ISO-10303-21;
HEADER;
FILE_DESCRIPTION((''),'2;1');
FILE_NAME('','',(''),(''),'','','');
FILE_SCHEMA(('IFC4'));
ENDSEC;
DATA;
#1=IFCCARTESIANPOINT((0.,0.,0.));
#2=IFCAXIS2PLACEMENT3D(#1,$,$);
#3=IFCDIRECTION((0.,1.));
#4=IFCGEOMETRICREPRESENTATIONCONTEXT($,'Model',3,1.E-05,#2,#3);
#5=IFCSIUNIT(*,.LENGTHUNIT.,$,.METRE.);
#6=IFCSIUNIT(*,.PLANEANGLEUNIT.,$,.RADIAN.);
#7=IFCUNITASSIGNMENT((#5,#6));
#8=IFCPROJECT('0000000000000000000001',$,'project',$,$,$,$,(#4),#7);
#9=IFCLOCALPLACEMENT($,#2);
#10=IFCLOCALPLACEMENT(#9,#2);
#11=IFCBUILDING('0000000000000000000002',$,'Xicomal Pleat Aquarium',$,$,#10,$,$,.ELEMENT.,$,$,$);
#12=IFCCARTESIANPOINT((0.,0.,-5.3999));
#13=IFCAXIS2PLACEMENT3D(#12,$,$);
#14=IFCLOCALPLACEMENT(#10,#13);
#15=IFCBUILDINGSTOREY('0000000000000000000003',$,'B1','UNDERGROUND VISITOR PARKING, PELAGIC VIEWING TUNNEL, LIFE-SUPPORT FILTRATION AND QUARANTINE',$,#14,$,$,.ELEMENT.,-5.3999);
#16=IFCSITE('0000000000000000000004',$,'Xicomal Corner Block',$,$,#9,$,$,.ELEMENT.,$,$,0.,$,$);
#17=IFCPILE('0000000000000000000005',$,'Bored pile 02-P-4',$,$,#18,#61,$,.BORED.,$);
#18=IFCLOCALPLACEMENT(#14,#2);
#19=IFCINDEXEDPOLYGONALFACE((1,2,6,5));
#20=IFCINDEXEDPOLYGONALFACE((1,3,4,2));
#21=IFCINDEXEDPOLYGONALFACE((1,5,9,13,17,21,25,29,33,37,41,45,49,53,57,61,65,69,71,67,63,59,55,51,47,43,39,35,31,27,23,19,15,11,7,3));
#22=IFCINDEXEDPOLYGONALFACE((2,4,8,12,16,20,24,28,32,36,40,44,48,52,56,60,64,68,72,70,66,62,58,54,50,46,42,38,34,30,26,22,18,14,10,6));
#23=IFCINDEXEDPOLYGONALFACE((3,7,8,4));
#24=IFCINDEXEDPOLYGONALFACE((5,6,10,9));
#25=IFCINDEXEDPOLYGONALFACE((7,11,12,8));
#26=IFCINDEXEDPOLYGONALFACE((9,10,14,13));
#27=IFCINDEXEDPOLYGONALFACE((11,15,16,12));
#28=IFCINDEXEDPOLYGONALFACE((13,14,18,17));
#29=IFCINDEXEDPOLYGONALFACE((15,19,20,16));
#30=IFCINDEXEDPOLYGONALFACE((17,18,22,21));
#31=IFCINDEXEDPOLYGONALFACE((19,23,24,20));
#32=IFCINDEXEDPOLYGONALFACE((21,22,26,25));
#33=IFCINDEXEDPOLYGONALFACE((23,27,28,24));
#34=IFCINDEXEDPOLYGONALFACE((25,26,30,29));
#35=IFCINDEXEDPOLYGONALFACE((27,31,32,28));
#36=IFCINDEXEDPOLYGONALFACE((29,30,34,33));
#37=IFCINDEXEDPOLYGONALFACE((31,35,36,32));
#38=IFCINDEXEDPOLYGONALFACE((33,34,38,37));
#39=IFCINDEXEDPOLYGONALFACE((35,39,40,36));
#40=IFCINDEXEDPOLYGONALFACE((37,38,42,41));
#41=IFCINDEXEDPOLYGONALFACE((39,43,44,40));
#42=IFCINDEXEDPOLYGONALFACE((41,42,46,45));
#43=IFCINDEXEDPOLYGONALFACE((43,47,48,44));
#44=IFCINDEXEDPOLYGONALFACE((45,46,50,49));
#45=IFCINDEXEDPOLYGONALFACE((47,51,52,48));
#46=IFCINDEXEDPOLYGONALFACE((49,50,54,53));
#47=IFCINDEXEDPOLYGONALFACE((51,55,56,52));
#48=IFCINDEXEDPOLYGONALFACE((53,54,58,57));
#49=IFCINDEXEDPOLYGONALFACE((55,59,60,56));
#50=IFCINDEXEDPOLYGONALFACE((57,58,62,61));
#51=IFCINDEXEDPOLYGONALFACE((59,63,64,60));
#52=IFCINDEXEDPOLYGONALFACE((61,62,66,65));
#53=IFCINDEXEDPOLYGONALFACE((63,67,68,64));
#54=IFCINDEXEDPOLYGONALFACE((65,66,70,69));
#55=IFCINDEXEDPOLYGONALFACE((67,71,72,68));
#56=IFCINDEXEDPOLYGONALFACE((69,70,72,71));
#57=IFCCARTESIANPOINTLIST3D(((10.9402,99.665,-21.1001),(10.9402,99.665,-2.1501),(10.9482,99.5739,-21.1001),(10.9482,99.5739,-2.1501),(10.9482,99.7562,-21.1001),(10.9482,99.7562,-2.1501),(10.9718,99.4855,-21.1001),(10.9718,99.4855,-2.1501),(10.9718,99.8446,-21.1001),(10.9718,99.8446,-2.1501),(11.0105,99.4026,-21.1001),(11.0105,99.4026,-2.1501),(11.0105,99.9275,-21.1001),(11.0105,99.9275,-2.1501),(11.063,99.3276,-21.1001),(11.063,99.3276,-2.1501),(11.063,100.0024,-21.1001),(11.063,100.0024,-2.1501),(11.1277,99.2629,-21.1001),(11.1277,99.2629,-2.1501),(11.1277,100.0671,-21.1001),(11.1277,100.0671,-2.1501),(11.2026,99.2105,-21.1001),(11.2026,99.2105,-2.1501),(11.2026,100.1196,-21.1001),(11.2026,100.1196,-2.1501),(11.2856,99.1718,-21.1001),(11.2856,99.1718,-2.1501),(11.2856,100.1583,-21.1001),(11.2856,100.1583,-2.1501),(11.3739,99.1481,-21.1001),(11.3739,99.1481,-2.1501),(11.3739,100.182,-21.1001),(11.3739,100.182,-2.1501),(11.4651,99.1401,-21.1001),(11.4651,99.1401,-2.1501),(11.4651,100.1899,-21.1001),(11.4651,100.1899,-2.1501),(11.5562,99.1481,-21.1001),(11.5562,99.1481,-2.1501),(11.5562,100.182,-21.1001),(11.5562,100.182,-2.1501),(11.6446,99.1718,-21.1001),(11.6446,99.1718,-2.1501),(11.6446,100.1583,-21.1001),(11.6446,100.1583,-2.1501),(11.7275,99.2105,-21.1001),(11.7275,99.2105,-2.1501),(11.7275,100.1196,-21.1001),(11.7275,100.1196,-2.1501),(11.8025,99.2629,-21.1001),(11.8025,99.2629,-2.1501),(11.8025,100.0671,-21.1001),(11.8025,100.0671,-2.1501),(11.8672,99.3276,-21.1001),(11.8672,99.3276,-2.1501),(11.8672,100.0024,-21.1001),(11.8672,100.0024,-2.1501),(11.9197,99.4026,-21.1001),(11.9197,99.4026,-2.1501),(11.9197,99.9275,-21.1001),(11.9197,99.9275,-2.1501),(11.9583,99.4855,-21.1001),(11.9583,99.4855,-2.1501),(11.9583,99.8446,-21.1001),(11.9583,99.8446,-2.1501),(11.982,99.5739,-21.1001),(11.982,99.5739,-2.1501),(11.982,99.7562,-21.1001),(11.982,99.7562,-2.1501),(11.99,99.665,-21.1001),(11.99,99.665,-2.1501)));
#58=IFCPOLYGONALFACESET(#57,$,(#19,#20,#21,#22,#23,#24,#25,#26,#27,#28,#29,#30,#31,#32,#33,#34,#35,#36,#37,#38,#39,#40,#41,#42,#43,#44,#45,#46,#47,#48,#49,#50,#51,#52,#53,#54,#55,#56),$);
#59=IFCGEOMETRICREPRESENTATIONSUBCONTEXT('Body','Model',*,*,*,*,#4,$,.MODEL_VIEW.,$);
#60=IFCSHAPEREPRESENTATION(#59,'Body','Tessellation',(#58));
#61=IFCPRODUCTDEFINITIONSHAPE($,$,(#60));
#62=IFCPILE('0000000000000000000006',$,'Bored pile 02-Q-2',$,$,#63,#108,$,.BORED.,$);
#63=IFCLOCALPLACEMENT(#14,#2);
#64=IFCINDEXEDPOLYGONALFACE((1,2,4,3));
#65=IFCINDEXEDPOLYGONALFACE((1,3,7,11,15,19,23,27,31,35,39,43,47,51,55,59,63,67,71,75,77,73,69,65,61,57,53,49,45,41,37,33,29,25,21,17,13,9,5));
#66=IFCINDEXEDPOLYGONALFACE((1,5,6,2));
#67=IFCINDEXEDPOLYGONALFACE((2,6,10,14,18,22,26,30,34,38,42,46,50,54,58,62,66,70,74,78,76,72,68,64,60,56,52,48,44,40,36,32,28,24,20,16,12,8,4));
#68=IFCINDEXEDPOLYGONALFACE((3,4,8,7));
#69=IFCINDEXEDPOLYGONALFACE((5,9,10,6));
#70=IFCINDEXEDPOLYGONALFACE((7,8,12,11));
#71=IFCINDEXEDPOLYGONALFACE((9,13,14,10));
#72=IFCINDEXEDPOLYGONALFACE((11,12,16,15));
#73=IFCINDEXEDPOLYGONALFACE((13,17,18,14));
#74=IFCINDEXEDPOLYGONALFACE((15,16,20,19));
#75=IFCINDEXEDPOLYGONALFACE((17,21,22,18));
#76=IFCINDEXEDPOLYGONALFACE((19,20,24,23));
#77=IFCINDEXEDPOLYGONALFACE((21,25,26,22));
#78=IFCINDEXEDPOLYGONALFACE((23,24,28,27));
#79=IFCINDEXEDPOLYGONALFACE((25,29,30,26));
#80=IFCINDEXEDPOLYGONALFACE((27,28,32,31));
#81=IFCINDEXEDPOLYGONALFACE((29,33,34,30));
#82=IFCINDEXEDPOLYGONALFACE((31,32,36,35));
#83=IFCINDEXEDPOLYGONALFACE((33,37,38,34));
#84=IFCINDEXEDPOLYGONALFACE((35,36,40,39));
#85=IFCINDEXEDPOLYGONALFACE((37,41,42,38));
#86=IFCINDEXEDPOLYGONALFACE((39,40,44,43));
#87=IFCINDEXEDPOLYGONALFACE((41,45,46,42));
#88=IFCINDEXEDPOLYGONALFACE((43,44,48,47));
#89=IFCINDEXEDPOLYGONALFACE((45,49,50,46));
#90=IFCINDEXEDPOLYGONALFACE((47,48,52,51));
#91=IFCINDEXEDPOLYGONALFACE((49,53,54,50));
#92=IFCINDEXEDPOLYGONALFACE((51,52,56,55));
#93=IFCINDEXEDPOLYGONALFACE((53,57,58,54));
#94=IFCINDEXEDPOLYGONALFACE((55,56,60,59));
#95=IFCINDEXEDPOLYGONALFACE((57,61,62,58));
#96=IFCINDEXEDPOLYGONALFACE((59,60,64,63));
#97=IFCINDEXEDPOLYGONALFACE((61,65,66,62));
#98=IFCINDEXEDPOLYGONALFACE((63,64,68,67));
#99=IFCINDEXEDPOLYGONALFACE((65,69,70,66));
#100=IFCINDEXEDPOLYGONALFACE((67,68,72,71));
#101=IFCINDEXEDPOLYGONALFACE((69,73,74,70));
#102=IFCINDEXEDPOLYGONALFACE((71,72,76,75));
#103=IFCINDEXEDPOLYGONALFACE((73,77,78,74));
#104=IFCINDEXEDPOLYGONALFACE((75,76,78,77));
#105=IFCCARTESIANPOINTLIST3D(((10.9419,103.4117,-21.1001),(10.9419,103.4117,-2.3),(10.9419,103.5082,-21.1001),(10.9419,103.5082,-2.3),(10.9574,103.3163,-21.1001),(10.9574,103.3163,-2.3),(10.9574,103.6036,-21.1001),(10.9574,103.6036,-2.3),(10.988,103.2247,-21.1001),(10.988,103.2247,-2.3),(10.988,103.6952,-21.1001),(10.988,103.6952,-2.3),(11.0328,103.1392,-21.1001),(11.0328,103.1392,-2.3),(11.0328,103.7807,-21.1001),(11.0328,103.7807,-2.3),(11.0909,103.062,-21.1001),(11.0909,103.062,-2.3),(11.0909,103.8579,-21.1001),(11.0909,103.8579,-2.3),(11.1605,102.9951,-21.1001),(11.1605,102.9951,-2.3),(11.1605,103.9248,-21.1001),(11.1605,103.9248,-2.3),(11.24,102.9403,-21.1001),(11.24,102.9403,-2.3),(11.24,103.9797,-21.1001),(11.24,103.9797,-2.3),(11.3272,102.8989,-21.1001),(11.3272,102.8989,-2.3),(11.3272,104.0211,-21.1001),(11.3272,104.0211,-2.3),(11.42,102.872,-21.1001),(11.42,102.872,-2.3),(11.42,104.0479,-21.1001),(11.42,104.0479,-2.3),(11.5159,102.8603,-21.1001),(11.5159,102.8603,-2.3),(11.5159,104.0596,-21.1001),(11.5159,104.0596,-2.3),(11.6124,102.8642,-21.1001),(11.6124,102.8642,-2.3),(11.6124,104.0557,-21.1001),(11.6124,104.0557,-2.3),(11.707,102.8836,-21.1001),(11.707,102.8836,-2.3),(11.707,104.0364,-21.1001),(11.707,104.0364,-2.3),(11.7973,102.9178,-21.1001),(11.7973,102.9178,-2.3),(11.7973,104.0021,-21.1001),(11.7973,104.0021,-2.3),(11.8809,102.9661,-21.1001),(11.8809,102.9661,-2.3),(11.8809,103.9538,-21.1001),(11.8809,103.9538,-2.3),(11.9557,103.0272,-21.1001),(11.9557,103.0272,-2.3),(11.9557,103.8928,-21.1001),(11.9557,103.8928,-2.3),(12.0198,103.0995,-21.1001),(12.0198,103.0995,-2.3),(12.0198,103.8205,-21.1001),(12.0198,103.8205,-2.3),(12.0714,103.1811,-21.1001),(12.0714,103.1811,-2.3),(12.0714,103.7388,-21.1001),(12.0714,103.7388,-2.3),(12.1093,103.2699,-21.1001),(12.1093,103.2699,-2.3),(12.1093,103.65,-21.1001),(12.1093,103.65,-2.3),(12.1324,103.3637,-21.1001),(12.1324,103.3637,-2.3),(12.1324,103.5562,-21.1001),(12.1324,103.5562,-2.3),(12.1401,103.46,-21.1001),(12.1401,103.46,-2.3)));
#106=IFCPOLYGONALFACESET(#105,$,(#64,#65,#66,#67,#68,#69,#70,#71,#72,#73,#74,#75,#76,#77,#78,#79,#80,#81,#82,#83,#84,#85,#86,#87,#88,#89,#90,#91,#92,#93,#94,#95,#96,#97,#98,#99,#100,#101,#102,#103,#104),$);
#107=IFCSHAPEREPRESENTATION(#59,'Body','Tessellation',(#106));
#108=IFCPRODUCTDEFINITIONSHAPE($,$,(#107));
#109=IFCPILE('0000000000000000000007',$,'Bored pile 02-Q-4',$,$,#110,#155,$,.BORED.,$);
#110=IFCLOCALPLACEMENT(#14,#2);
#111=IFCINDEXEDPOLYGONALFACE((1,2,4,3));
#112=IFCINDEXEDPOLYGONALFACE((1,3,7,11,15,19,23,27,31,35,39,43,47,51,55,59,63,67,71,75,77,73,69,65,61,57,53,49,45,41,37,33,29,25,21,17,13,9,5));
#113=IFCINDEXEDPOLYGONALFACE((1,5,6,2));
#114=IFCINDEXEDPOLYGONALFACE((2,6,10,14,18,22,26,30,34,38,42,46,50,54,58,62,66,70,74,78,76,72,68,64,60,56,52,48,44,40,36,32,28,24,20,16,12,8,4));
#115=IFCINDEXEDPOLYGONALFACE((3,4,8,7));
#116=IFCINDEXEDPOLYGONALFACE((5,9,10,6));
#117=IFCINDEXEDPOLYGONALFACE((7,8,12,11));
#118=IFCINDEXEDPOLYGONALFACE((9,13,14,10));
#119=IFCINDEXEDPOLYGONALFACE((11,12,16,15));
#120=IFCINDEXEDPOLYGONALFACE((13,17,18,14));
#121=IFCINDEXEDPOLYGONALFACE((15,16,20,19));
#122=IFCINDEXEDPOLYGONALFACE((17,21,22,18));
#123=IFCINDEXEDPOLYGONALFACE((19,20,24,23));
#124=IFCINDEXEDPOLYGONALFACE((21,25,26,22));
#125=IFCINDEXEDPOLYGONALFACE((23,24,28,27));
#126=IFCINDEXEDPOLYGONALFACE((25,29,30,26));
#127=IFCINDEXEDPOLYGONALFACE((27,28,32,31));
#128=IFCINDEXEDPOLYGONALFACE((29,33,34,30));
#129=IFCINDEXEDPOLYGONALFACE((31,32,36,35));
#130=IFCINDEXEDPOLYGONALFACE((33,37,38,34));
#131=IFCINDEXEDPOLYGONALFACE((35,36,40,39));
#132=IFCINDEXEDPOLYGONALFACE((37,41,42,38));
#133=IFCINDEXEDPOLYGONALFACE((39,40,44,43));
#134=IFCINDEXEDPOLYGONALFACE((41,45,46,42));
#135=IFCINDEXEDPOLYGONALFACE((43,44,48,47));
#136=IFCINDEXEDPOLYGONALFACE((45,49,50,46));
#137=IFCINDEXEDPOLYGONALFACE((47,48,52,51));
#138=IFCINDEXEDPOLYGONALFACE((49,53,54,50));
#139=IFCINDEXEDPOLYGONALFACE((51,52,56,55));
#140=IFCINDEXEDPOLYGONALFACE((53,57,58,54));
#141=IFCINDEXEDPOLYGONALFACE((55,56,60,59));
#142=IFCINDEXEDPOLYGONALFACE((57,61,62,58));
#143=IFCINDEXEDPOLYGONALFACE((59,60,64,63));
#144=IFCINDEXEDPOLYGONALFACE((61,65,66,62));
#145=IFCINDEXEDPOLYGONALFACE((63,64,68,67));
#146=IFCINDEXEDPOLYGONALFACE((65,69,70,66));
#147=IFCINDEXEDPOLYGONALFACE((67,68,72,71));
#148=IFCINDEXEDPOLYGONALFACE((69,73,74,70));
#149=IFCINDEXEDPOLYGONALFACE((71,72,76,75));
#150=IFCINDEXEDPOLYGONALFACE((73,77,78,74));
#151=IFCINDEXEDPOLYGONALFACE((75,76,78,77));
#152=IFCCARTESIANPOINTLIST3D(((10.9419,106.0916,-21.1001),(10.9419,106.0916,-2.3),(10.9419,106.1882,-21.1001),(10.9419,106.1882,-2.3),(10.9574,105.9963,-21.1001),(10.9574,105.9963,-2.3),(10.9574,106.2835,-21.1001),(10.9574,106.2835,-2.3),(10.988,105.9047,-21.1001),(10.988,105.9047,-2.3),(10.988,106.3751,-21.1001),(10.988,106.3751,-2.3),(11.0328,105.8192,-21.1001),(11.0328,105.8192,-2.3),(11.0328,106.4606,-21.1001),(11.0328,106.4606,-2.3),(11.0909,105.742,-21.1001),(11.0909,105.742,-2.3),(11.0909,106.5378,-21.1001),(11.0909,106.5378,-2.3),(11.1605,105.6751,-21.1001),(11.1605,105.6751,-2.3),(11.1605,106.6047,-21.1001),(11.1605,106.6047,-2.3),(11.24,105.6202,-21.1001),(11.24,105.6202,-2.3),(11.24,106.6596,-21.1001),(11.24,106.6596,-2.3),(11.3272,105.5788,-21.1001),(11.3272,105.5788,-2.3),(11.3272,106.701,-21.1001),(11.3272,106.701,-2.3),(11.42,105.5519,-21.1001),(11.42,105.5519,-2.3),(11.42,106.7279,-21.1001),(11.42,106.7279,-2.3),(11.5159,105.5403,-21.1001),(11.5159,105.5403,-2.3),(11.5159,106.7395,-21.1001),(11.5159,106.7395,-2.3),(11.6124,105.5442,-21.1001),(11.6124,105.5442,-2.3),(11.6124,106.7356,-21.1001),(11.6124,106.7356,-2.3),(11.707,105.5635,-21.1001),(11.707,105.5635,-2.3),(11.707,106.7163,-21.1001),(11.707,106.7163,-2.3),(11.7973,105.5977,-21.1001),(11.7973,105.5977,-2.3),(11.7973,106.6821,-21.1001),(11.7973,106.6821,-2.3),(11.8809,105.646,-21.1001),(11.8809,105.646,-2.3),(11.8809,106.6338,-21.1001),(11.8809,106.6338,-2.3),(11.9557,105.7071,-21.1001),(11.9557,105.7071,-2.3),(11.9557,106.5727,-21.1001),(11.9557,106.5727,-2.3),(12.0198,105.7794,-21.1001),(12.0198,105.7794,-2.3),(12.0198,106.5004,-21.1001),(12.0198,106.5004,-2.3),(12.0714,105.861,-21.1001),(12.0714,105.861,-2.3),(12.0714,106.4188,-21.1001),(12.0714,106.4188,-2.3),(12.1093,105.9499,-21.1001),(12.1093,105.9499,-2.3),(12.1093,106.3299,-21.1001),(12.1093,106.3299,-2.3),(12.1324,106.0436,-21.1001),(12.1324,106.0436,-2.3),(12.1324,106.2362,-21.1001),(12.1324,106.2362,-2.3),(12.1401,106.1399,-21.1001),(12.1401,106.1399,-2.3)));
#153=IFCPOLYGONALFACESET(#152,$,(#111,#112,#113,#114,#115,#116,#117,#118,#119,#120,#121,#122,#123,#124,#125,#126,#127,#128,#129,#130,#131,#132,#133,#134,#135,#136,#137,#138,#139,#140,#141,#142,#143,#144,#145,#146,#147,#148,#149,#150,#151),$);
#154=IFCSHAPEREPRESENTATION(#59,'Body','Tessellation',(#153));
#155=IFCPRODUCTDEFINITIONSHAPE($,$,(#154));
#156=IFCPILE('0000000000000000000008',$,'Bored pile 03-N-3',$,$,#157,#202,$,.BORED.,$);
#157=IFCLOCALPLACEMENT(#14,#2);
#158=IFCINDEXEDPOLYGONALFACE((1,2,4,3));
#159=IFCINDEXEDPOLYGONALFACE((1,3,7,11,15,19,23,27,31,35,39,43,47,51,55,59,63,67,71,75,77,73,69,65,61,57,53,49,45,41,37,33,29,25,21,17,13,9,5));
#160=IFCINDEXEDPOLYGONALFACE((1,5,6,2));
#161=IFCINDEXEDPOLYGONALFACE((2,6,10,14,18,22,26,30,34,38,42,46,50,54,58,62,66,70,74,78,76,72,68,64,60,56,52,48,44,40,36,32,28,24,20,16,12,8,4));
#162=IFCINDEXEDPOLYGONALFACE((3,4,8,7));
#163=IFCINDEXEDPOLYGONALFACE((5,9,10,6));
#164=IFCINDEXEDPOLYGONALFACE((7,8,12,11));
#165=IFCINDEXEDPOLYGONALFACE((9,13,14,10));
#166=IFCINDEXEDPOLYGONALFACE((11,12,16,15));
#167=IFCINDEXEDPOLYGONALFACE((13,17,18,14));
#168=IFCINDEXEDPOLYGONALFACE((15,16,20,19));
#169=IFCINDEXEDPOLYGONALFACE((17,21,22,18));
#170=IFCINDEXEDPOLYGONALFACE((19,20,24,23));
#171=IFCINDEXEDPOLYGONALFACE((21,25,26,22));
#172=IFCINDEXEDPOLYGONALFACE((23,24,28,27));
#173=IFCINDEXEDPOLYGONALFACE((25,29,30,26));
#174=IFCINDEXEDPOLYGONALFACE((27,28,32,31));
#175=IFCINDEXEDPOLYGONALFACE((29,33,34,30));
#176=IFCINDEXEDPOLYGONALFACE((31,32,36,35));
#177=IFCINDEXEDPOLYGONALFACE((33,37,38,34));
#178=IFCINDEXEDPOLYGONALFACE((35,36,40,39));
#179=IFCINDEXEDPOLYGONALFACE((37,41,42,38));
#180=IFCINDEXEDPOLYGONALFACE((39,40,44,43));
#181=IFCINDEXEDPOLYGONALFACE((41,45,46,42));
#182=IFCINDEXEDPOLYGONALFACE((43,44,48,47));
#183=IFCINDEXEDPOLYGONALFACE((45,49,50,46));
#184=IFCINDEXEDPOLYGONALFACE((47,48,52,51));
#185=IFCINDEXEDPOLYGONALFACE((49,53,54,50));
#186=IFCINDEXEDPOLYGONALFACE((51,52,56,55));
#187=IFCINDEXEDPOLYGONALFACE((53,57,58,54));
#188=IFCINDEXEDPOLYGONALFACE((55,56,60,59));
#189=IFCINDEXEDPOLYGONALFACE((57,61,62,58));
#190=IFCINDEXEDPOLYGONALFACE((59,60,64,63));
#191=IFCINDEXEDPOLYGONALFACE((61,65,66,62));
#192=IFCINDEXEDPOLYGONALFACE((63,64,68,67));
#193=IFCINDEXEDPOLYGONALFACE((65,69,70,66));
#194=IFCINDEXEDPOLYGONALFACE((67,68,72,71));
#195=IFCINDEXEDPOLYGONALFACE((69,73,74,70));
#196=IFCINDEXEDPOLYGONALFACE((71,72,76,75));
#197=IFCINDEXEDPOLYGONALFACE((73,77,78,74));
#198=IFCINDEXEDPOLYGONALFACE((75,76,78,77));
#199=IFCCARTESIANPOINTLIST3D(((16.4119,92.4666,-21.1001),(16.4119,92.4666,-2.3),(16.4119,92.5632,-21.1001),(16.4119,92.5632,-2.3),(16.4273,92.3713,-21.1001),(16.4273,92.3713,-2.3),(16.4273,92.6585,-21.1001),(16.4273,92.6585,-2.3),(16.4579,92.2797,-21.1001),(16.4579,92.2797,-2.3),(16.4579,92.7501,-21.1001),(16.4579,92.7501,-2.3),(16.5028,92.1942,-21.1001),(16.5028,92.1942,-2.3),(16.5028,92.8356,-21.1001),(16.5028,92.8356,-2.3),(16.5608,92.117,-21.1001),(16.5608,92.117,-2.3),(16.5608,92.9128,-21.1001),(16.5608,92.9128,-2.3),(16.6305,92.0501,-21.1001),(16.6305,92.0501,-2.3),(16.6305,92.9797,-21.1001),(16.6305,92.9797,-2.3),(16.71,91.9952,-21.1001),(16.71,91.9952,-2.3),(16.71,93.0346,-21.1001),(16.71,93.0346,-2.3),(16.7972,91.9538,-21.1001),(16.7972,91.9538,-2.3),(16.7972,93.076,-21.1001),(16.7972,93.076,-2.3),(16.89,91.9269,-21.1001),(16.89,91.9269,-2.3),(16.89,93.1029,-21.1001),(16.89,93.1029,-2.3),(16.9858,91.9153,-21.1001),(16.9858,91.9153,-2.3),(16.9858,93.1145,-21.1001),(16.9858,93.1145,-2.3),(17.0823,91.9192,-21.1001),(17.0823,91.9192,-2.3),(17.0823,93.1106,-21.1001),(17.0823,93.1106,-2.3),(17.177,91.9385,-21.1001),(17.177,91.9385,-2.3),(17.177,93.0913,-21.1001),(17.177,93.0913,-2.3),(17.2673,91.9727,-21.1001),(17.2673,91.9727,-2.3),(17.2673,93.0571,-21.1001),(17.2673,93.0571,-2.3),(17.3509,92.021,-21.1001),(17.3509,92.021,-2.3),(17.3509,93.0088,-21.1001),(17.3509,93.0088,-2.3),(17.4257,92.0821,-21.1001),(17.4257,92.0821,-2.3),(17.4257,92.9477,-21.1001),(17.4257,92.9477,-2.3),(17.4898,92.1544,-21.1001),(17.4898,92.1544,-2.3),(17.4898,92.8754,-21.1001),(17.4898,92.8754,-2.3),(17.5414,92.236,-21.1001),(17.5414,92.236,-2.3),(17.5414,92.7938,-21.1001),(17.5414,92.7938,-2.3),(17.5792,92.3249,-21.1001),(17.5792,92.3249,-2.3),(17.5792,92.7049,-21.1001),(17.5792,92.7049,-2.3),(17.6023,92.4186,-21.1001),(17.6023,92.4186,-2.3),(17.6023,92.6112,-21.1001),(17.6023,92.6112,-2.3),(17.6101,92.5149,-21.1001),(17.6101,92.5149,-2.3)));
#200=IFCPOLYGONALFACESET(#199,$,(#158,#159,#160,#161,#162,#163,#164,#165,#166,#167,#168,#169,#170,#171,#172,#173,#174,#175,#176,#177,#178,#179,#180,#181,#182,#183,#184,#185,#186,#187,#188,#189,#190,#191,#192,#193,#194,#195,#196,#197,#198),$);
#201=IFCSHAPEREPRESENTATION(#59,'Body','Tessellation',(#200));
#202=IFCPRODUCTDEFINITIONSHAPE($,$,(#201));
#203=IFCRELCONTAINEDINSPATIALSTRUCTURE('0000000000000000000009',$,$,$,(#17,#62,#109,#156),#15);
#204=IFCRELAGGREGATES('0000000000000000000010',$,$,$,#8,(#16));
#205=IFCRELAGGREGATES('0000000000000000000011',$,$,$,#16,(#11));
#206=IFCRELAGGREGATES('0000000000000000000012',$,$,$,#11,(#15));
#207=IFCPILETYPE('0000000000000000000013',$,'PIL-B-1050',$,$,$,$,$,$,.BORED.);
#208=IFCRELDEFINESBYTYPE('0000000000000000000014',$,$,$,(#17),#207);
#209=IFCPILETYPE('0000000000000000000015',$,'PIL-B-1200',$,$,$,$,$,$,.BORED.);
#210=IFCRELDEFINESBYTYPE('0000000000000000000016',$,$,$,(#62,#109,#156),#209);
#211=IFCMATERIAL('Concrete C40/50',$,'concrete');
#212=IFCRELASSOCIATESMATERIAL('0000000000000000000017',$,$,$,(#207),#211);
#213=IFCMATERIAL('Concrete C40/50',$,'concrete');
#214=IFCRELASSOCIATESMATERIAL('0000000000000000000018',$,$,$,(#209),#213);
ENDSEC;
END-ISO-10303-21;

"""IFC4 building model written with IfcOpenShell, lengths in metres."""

from ifc_helpers import new_model, si_unit, direction, frame, origin, origin_2d, place, context, subcontext, project, spatial, circle, extrude, material, material_profile, profile_set, type_object, element, save


model = new_model("IFC4")

# Units and contexts
model_context = context("Model", 3, precision=1e-05, world=origin(), true_north=direction((0.0, 1.0)))
body_context = subcontext(model_context, "Body", "Model", "MODEL_VIEW")
ifc_project = project(units=[si_unit("LENGTHUNIT", "METRE"), si_unit("PLANEANGLEUNIT", "RADIAN")], contexts=[model_context])

# Site, building, storey
site_placement = place(None, origin())
site = spatial("IfcSite", under=ifc_project, at=site_placement, Name="Xicomal Corner Block", CompositionType="ELEMENT", RefElevation=0.0)
building_placement = place(site_placement, origin())
building = spatial("IfcBuilding", under=site, at=building_placement, Name="Xicomal Pleat Aquarium", CompositionType="ELEMENT")
storey_placement = place(building_placement, frame((0.0, 0.0, -5.3999)))
storey = spatial("IfcBuildingStorey", under=building, at=storey_placement, Name="B1", Description="UNDERGROUND VISITOR PARKING, PELAGIC VIEWING TUNNEL, LIFE-SUPPORT FILTRATION AND QUARANTINE", CompositionType="ELEMENT", Elevation=-5.3999)

# Piles
ifc_material_1 = material(Name="Concrete C40/50", Category="concrete")
ifc_material_profile_1 = material_profile(ifc_material_1, circle(Radius=0.5249, at=origin_2d()), Name="BORED PILE D1050")
ifc_profile_set_1 = profile_set([ifc_material_profile_1], Name="Concrete C40/50")
pile_type_1 = type_object("IfcPileType", Name="PIL-B-1050", PredefinedType="BORED", material=ifc_profile_set_1)
for number, where, z_axis, x_axis, name in (
    (1, (11.4651, 99.665, -2.1501), (0.0, 0.0, -1.0), (1.0, 0.0, 0.0), "Bored pile 02-P-4"),
):
    element("IfcPile", number, at=place(storey_placement, frame(where, z_axis=z_axis, x_axis=x_axis)), inside=storey, type_object=pile_type_1, Name=name, PredefinedType="BORED", context=body_context, shape_type="SweptSolid", body=[
        extrude(circle(Radius=0.5249, at=origin_2d()), origin(), (0.0, 0.0, 1.0), 18.95),
    ])
ifc_material_2 = material(Name="Concrete C40/50", Category="concrete")
ifc_material_profile_2 = material_profile(ifc_material_2, circle(Radius=0.6001, at=origin_2d()), Name="BORED PILE D1200")
ifc_profile_set_2 = profile_set([ifc_material_profile_2], Name="Concrete C40/50")
pile_type_2 = type_object("IfcPileType", Name="PIL-B-1200", PredefinedType="BORED", material=ifc_profile_set_2)
for number, where, z_axis, x_axis, name in (
    (2, (11.54, 103.46, -2.3), (0.0, 0.0, -1.0), (1.0, 0.0, 0.0), "Bored pile 02-Q-2"),
    (3, (11.54, 106.1399, -2.3), (0.0, 0.0, -1.0), (1.0, 0.0, 0.0), "Bored pile 02-Q-4"),
    (4, (17.01, 92.5149, -2.3), (0.0, 0.0, -1.0), (1.0, 0.0, 0.0), "Bored pile 03-N-3"),
):
    element("IfcPile", number, at=place(storey_placement, frame(where, z_axis=z_axis, x_axis=x_axis)), inside=storey, type_object=pile_type_2, Name=name, PredefinedType="BORED", context=body_context, shape_type="SweptSolid", body=[
        extrude(circle(Radius=0.6001, at=origin_2d()), origin(), (0.0, 0.0, 1.0), 18.8),
    ])

save(model, "model.ifc")
